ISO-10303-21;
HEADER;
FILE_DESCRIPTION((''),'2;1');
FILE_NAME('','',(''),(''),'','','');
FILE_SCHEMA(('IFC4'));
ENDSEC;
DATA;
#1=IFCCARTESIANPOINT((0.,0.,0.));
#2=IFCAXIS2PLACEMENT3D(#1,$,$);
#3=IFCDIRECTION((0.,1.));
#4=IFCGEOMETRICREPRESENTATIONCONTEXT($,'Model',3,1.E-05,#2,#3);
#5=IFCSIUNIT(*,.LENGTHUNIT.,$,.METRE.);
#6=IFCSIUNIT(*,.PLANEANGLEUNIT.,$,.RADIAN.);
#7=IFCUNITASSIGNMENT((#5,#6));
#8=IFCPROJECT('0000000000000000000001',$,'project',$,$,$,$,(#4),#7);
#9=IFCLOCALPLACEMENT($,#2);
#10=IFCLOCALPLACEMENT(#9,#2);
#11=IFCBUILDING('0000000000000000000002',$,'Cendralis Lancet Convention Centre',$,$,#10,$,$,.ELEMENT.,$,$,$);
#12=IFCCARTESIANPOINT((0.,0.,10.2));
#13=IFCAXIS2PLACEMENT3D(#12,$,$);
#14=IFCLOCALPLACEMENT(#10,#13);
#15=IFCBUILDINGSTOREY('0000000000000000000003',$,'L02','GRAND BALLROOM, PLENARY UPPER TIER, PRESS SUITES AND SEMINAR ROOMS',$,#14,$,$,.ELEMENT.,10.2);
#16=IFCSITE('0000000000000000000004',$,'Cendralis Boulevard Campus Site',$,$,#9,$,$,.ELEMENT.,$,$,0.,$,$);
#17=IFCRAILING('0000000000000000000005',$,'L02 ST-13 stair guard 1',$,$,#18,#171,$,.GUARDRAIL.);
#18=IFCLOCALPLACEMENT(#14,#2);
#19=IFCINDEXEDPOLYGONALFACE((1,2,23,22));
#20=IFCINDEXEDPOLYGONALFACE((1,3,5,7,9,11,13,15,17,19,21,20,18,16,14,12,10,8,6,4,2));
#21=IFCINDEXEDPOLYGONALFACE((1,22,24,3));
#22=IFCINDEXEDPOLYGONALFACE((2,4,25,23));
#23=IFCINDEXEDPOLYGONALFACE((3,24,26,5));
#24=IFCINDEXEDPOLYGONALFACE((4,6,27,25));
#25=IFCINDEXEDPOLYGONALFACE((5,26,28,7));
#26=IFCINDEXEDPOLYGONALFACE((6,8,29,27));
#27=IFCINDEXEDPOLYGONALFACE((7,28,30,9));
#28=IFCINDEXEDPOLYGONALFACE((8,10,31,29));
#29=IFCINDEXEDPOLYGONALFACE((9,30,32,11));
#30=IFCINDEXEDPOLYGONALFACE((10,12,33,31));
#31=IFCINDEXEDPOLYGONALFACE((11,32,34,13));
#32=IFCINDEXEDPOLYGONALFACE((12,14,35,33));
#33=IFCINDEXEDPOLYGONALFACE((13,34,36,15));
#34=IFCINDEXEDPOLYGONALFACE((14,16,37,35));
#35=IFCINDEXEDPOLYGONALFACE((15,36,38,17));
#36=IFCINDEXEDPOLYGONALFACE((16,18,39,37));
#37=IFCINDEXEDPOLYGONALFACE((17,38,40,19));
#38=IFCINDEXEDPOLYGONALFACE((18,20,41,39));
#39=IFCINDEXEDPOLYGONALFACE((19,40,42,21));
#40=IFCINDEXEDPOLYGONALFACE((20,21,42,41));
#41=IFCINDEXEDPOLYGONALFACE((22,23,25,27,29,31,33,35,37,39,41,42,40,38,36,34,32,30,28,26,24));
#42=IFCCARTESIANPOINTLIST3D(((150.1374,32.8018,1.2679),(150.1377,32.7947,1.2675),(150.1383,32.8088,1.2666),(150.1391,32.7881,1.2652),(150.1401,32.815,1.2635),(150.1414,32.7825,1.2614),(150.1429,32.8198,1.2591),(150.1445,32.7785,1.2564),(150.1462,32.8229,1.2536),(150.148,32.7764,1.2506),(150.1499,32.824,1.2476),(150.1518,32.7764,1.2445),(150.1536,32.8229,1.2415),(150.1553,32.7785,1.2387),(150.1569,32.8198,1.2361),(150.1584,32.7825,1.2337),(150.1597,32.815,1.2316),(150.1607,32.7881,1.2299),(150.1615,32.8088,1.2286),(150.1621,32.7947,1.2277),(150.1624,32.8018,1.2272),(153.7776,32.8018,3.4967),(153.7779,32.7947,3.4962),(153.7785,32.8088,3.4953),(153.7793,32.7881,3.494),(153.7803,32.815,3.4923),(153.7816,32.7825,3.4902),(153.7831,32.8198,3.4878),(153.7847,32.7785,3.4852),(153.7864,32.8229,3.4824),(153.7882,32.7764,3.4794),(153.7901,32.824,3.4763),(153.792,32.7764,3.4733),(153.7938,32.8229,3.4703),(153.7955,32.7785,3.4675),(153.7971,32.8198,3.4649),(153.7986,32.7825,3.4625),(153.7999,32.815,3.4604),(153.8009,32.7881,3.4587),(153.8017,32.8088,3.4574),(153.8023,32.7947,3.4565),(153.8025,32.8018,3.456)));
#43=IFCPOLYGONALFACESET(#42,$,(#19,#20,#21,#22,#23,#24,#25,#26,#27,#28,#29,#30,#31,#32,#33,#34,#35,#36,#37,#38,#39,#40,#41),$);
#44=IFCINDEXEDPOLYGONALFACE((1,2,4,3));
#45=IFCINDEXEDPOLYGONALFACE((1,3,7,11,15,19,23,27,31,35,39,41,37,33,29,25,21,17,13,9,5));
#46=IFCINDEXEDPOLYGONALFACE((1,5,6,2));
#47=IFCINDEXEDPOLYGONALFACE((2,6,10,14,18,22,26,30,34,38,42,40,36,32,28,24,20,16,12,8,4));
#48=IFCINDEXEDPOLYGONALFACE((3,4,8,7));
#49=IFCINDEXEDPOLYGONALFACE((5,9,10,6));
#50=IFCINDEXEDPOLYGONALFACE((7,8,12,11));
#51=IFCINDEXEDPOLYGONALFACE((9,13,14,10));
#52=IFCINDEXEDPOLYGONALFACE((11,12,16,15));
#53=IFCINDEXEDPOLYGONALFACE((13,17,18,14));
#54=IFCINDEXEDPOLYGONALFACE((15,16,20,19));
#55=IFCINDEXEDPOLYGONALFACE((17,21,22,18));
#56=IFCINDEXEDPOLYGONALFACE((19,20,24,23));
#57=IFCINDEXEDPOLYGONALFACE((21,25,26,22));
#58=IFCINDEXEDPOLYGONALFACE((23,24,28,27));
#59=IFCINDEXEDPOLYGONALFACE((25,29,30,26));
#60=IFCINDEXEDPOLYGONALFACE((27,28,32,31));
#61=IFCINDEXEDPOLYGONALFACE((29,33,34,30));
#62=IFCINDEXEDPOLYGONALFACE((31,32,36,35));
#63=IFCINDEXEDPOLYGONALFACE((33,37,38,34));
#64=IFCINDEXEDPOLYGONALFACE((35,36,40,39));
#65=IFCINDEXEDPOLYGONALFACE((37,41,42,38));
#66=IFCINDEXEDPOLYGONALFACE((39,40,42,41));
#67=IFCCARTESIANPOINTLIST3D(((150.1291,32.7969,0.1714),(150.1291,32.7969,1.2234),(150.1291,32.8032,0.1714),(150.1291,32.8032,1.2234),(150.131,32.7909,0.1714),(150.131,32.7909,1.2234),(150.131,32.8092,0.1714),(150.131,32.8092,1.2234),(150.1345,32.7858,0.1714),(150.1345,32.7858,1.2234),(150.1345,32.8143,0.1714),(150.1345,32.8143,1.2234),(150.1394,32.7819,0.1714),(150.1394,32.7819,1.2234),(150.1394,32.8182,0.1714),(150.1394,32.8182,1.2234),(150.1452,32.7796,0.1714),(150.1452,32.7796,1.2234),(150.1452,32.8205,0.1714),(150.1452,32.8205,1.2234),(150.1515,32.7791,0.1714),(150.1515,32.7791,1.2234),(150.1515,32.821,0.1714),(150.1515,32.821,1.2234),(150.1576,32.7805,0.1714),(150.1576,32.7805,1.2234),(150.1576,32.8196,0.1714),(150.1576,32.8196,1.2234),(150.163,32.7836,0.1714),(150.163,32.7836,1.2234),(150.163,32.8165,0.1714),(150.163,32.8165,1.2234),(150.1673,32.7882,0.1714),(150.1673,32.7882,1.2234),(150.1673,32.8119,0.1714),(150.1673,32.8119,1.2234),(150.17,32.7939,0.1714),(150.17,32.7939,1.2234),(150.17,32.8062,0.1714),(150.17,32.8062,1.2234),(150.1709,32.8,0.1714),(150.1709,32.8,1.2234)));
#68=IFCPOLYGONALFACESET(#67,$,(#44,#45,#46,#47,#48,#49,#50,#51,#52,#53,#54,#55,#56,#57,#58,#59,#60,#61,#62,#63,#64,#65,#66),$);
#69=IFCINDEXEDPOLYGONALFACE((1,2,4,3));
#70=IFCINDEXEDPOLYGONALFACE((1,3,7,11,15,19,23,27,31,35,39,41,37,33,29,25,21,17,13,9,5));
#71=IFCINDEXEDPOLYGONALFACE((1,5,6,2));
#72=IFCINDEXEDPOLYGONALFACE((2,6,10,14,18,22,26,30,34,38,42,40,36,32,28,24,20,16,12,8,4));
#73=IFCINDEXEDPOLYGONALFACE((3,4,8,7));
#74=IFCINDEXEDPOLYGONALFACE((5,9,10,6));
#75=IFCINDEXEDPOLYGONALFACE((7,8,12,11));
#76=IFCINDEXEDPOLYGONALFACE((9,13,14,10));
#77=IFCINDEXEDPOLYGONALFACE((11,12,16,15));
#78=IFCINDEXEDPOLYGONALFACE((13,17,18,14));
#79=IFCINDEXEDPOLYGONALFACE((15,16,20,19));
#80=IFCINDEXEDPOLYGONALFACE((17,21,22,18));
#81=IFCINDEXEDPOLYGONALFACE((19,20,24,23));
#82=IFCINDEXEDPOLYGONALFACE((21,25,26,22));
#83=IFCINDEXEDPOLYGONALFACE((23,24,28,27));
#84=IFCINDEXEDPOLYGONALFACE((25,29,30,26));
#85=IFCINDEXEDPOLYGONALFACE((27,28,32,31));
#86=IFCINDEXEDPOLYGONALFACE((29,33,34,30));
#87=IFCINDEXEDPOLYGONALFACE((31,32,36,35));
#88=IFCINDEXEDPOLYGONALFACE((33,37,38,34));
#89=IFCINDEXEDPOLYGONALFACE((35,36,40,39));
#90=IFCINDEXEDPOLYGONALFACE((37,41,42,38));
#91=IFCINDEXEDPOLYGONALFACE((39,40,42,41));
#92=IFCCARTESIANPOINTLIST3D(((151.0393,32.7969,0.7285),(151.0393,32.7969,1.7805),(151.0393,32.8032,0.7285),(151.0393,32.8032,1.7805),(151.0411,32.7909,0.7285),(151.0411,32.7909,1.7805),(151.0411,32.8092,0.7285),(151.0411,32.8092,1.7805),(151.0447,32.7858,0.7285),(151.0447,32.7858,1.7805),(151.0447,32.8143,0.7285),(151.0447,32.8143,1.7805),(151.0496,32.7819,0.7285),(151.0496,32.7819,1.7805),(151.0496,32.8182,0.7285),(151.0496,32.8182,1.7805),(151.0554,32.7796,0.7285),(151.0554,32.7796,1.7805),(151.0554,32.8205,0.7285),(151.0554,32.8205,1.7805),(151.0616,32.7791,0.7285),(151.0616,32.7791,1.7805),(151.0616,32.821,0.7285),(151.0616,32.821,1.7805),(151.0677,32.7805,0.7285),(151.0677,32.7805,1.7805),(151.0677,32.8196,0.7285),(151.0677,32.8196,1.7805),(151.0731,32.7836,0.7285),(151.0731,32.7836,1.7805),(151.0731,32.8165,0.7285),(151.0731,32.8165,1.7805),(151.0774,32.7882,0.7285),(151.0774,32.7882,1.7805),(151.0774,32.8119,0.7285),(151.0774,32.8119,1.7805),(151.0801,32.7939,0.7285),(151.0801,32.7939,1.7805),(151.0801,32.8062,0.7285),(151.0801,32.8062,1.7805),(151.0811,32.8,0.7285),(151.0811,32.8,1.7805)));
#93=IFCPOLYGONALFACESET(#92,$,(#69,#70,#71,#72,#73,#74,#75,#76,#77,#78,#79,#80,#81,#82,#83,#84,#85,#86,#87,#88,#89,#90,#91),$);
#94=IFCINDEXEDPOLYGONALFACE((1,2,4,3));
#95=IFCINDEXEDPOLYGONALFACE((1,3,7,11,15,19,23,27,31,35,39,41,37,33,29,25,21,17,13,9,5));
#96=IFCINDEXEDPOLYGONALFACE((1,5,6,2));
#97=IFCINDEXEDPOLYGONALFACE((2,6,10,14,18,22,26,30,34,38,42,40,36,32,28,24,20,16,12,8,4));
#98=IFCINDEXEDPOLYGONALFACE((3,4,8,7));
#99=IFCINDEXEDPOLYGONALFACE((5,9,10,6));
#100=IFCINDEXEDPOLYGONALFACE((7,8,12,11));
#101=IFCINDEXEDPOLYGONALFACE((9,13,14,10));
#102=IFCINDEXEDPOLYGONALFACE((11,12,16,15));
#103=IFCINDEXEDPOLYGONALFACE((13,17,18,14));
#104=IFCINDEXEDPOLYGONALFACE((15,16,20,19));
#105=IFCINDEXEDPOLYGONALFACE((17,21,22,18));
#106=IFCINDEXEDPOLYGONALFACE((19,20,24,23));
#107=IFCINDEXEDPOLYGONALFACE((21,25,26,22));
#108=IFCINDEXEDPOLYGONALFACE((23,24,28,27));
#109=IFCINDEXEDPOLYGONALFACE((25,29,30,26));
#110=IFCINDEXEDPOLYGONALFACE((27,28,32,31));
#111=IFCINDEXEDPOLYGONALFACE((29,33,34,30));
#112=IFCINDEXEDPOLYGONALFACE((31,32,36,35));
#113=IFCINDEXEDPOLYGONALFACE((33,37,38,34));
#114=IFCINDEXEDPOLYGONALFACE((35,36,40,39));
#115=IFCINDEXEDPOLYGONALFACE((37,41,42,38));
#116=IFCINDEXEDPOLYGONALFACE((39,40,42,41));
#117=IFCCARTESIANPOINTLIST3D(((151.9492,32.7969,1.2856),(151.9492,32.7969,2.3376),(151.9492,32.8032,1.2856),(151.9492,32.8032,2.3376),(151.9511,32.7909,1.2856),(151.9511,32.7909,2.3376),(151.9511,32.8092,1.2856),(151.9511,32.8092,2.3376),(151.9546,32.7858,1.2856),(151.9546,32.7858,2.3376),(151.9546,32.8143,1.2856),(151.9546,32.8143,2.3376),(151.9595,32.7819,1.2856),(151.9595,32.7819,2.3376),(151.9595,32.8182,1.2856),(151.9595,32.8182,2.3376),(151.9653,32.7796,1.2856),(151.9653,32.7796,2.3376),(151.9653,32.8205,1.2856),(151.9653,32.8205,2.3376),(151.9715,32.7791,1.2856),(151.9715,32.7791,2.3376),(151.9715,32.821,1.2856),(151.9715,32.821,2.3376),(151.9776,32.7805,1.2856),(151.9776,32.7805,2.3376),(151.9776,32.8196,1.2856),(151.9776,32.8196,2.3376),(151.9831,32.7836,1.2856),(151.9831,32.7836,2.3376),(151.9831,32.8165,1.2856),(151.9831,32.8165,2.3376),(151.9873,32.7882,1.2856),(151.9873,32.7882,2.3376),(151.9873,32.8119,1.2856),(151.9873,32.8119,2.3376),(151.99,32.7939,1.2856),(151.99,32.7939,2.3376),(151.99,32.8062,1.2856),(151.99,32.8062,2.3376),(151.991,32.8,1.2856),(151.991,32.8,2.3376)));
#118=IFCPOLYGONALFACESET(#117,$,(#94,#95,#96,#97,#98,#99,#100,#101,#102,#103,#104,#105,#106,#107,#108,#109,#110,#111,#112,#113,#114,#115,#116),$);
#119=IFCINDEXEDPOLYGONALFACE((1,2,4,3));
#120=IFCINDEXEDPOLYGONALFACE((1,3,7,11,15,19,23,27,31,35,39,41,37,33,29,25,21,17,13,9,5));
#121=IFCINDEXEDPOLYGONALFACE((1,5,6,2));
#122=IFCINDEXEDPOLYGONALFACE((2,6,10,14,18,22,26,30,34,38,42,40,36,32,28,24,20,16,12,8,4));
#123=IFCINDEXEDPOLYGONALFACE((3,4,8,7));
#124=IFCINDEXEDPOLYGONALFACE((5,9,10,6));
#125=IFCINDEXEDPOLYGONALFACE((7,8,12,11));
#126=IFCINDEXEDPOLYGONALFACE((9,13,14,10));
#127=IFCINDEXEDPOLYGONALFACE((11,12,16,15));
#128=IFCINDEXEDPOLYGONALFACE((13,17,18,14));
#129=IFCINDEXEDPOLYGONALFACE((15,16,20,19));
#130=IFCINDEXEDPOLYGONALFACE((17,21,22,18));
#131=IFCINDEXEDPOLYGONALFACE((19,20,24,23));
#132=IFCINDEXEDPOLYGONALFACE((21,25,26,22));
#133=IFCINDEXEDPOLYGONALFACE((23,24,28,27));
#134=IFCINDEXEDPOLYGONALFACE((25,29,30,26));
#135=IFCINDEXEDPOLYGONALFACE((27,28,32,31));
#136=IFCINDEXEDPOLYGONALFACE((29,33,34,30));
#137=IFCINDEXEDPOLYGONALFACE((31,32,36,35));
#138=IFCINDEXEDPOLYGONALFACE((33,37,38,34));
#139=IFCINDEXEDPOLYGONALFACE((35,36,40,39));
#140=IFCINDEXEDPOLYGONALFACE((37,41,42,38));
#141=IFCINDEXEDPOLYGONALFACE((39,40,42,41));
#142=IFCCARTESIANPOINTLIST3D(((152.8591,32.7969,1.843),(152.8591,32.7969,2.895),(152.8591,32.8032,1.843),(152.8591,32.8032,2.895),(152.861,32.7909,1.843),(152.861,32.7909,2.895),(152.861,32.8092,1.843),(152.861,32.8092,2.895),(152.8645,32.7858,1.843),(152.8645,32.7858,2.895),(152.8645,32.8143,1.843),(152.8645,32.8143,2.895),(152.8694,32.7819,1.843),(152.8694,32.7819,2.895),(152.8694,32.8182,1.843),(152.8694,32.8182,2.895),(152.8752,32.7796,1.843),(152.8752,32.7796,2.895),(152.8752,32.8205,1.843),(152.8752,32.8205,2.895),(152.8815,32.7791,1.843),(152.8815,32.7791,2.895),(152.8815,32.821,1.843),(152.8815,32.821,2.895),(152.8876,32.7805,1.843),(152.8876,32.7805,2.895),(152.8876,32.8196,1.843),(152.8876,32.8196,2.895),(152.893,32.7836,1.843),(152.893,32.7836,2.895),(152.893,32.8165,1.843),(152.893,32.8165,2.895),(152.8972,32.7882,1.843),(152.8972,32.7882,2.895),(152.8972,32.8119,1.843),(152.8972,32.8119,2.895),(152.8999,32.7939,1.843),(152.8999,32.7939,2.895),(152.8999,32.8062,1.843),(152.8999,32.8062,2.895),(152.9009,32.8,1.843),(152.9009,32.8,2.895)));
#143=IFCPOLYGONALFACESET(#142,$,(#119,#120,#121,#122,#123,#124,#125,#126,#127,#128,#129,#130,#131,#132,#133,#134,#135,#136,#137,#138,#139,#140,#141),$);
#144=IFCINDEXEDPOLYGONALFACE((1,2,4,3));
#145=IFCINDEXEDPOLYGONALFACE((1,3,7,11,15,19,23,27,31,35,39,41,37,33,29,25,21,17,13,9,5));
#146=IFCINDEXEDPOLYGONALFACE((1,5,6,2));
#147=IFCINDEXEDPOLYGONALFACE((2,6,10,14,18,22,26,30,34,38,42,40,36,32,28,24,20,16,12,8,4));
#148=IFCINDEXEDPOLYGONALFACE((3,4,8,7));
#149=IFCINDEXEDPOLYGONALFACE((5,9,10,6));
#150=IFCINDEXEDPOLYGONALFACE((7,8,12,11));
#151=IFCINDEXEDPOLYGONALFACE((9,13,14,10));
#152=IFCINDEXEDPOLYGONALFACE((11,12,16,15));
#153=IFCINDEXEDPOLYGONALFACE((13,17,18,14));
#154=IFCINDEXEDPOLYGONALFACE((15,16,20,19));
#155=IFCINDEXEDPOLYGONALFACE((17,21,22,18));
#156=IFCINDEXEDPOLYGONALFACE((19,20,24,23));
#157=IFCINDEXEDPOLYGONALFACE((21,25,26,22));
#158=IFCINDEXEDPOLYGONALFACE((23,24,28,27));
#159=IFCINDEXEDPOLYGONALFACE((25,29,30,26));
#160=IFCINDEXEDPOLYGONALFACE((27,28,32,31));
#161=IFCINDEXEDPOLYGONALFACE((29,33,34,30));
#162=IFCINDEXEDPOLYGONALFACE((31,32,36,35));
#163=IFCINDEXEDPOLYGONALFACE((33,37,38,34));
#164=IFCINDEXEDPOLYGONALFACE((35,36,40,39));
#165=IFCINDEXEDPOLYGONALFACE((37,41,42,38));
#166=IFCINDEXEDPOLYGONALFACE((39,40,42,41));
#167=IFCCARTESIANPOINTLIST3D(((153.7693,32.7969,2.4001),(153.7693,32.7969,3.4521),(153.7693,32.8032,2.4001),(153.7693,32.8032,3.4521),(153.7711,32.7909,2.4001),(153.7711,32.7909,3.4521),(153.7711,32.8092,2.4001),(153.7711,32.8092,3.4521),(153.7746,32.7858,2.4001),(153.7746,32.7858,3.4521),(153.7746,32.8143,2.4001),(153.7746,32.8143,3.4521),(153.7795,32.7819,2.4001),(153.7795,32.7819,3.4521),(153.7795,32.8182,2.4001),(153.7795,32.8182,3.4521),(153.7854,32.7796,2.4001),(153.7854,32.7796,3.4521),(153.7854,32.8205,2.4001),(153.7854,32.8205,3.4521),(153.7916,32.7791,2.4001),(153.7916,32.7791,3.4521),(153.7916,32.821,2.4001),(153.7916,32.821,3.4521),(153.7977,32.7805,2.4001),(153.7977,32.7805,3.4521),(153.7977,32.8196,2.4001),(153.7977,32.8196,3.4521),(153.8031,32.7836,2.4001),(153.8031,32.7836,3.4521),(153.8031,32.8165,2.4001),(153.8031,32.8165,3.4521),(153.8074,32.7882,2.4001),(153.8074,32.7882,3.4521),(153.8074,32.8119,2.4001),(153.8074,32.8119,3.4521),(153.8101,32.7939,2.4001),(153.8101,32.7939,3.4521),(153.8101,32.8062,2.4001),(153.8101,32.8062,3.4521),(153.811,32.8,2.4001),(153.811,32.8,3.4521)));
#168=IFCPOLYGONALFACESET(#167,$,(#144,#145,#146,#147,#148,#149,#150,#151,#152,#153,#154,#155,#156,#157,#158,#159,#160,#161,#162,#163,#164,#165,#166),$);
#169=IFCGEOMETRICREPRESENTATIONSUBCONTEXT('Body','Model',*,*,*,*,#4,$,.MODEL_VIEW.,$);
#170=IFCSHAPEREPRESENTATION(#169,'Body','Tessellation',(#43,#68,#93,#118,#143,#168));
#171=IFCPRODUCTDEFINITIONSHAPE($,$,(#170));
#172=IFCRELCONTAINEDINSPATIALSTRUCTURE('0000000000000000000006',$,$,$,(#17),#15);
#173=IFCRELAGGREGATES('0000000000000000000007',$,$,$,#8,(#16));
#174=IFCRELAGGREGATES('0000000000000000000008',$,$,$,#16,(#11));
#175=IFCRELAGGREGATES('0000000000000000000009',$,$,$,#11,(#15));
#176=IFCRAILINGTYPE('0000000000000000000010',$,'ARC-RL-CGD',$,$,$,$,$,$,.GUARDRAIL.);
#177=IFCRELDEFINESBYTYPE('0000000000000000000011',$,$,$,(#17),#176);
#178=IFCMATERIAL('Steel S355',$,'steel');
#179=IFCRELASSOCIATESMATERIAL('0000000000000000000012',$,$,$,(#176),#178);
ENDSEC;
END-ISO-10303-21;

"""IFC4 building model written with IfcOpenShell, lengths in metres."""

from ifc_helpers import new_model, si_unit, direction, frame, origin, origin_2d, place, context, subcontext, project, spatial, circle, extrude, material, type_object, element, save


model = new_model("IFC4")

# Units and contexts
model_context = context("Model", 3, precision=1e-05, world=origin(), true_north=direction((0.0, 1.0)))
body_context = subcontext(model_context, "Body", "Model", "MODEL_VIEW")
ifc_project = project(units=[si_unit("LENGTHUNIT", "METRE"), si_unit("PLANEANGLEUNIT", "RADIAN")], contexts=[model_context])

# Site, building, storey
site_placement = place(None, origin())
site = spatial("IfcSite", under=ifc_project, at=site_placement, Name="Cendralis Boulevard Campus Site", CompositionType="ELEMENT", RefElevation=0.0)
building_placement = place(site_placement, origin())
building = spatial("IfcBuilding", under=site, at=building_placement, Name="Cendralis Lancet Convention Centre", CompositionType="ELEMENT")
storey_placement = place(building_placement, frame((0.0, 0.0, 10.2)))
storey = spatial("IfcBuildingStorey", under=building, at=storey_placement, Name="L02", Description="GRAND BALLROOM, PLENARY UPPER TIER, PRESS SUITES AND SEMINAR ROOMS", CompositionType="ELEMENT", Elevation=10.2)

# Shared definitions
ifc_material_1 = material(Name="Steel S355", Category="steel")

# Railing
railing_type_1 = type_object("IfcRailingType", Name="ARC-RL-CGD", PredefinedType="GUARDRAIL", material=ifc_material_1)
railing_1_placement = place(storey_placement, frame((150.1499, 32.8, 0.1714)))
element("IfcRailing", 1, at=railing_1_placement, inside=storey, type_object=railing_type_1, Name="L02 ST-13 stair guard 1", PredefinedType="GUARDRAIL", context=body_context, shape_type="SweptSolid", body=[
    extrude(circle(Radius=0.0239, at=origin_2d()), frame((0.0, 0.0, 1.0762), z_axis=(0.85284, 0.0, 0.522172), x_axis=(0.0, 1.0, 0.0)), (0.0, 0.0, 1.0), 4.2683),
    extrude(circle(Radius=0.021, at=origin_2d()), origin(), (0.0, 0.0, 1.0), 1.052),
    extrude(circle(Radius=0.021, at=origin_2d()), frame((0.9102, 0.0, 0.5571)), (0.0, 0.0, 1.0), 1.052),
    extrude(circle(Radius=0.021, at=origin_2d()), frame((1.8201, 0.0, 1.1143)), (0.0, 0.0, 1.0), 1.052),
    extrude(circle(Radius=0.021, at=origin_2d()), frame((2.73, 0.0, 1.6716)), (0.0, 0.0, 1.0), 1.052),
    extrude(circle(Radius=0.021, at=origin_2d()), frame((3.6401, 0.0, 2.2288)), (0.0, 0.0, 1.0), 1.052),
])

save(model, "model.ifc")
